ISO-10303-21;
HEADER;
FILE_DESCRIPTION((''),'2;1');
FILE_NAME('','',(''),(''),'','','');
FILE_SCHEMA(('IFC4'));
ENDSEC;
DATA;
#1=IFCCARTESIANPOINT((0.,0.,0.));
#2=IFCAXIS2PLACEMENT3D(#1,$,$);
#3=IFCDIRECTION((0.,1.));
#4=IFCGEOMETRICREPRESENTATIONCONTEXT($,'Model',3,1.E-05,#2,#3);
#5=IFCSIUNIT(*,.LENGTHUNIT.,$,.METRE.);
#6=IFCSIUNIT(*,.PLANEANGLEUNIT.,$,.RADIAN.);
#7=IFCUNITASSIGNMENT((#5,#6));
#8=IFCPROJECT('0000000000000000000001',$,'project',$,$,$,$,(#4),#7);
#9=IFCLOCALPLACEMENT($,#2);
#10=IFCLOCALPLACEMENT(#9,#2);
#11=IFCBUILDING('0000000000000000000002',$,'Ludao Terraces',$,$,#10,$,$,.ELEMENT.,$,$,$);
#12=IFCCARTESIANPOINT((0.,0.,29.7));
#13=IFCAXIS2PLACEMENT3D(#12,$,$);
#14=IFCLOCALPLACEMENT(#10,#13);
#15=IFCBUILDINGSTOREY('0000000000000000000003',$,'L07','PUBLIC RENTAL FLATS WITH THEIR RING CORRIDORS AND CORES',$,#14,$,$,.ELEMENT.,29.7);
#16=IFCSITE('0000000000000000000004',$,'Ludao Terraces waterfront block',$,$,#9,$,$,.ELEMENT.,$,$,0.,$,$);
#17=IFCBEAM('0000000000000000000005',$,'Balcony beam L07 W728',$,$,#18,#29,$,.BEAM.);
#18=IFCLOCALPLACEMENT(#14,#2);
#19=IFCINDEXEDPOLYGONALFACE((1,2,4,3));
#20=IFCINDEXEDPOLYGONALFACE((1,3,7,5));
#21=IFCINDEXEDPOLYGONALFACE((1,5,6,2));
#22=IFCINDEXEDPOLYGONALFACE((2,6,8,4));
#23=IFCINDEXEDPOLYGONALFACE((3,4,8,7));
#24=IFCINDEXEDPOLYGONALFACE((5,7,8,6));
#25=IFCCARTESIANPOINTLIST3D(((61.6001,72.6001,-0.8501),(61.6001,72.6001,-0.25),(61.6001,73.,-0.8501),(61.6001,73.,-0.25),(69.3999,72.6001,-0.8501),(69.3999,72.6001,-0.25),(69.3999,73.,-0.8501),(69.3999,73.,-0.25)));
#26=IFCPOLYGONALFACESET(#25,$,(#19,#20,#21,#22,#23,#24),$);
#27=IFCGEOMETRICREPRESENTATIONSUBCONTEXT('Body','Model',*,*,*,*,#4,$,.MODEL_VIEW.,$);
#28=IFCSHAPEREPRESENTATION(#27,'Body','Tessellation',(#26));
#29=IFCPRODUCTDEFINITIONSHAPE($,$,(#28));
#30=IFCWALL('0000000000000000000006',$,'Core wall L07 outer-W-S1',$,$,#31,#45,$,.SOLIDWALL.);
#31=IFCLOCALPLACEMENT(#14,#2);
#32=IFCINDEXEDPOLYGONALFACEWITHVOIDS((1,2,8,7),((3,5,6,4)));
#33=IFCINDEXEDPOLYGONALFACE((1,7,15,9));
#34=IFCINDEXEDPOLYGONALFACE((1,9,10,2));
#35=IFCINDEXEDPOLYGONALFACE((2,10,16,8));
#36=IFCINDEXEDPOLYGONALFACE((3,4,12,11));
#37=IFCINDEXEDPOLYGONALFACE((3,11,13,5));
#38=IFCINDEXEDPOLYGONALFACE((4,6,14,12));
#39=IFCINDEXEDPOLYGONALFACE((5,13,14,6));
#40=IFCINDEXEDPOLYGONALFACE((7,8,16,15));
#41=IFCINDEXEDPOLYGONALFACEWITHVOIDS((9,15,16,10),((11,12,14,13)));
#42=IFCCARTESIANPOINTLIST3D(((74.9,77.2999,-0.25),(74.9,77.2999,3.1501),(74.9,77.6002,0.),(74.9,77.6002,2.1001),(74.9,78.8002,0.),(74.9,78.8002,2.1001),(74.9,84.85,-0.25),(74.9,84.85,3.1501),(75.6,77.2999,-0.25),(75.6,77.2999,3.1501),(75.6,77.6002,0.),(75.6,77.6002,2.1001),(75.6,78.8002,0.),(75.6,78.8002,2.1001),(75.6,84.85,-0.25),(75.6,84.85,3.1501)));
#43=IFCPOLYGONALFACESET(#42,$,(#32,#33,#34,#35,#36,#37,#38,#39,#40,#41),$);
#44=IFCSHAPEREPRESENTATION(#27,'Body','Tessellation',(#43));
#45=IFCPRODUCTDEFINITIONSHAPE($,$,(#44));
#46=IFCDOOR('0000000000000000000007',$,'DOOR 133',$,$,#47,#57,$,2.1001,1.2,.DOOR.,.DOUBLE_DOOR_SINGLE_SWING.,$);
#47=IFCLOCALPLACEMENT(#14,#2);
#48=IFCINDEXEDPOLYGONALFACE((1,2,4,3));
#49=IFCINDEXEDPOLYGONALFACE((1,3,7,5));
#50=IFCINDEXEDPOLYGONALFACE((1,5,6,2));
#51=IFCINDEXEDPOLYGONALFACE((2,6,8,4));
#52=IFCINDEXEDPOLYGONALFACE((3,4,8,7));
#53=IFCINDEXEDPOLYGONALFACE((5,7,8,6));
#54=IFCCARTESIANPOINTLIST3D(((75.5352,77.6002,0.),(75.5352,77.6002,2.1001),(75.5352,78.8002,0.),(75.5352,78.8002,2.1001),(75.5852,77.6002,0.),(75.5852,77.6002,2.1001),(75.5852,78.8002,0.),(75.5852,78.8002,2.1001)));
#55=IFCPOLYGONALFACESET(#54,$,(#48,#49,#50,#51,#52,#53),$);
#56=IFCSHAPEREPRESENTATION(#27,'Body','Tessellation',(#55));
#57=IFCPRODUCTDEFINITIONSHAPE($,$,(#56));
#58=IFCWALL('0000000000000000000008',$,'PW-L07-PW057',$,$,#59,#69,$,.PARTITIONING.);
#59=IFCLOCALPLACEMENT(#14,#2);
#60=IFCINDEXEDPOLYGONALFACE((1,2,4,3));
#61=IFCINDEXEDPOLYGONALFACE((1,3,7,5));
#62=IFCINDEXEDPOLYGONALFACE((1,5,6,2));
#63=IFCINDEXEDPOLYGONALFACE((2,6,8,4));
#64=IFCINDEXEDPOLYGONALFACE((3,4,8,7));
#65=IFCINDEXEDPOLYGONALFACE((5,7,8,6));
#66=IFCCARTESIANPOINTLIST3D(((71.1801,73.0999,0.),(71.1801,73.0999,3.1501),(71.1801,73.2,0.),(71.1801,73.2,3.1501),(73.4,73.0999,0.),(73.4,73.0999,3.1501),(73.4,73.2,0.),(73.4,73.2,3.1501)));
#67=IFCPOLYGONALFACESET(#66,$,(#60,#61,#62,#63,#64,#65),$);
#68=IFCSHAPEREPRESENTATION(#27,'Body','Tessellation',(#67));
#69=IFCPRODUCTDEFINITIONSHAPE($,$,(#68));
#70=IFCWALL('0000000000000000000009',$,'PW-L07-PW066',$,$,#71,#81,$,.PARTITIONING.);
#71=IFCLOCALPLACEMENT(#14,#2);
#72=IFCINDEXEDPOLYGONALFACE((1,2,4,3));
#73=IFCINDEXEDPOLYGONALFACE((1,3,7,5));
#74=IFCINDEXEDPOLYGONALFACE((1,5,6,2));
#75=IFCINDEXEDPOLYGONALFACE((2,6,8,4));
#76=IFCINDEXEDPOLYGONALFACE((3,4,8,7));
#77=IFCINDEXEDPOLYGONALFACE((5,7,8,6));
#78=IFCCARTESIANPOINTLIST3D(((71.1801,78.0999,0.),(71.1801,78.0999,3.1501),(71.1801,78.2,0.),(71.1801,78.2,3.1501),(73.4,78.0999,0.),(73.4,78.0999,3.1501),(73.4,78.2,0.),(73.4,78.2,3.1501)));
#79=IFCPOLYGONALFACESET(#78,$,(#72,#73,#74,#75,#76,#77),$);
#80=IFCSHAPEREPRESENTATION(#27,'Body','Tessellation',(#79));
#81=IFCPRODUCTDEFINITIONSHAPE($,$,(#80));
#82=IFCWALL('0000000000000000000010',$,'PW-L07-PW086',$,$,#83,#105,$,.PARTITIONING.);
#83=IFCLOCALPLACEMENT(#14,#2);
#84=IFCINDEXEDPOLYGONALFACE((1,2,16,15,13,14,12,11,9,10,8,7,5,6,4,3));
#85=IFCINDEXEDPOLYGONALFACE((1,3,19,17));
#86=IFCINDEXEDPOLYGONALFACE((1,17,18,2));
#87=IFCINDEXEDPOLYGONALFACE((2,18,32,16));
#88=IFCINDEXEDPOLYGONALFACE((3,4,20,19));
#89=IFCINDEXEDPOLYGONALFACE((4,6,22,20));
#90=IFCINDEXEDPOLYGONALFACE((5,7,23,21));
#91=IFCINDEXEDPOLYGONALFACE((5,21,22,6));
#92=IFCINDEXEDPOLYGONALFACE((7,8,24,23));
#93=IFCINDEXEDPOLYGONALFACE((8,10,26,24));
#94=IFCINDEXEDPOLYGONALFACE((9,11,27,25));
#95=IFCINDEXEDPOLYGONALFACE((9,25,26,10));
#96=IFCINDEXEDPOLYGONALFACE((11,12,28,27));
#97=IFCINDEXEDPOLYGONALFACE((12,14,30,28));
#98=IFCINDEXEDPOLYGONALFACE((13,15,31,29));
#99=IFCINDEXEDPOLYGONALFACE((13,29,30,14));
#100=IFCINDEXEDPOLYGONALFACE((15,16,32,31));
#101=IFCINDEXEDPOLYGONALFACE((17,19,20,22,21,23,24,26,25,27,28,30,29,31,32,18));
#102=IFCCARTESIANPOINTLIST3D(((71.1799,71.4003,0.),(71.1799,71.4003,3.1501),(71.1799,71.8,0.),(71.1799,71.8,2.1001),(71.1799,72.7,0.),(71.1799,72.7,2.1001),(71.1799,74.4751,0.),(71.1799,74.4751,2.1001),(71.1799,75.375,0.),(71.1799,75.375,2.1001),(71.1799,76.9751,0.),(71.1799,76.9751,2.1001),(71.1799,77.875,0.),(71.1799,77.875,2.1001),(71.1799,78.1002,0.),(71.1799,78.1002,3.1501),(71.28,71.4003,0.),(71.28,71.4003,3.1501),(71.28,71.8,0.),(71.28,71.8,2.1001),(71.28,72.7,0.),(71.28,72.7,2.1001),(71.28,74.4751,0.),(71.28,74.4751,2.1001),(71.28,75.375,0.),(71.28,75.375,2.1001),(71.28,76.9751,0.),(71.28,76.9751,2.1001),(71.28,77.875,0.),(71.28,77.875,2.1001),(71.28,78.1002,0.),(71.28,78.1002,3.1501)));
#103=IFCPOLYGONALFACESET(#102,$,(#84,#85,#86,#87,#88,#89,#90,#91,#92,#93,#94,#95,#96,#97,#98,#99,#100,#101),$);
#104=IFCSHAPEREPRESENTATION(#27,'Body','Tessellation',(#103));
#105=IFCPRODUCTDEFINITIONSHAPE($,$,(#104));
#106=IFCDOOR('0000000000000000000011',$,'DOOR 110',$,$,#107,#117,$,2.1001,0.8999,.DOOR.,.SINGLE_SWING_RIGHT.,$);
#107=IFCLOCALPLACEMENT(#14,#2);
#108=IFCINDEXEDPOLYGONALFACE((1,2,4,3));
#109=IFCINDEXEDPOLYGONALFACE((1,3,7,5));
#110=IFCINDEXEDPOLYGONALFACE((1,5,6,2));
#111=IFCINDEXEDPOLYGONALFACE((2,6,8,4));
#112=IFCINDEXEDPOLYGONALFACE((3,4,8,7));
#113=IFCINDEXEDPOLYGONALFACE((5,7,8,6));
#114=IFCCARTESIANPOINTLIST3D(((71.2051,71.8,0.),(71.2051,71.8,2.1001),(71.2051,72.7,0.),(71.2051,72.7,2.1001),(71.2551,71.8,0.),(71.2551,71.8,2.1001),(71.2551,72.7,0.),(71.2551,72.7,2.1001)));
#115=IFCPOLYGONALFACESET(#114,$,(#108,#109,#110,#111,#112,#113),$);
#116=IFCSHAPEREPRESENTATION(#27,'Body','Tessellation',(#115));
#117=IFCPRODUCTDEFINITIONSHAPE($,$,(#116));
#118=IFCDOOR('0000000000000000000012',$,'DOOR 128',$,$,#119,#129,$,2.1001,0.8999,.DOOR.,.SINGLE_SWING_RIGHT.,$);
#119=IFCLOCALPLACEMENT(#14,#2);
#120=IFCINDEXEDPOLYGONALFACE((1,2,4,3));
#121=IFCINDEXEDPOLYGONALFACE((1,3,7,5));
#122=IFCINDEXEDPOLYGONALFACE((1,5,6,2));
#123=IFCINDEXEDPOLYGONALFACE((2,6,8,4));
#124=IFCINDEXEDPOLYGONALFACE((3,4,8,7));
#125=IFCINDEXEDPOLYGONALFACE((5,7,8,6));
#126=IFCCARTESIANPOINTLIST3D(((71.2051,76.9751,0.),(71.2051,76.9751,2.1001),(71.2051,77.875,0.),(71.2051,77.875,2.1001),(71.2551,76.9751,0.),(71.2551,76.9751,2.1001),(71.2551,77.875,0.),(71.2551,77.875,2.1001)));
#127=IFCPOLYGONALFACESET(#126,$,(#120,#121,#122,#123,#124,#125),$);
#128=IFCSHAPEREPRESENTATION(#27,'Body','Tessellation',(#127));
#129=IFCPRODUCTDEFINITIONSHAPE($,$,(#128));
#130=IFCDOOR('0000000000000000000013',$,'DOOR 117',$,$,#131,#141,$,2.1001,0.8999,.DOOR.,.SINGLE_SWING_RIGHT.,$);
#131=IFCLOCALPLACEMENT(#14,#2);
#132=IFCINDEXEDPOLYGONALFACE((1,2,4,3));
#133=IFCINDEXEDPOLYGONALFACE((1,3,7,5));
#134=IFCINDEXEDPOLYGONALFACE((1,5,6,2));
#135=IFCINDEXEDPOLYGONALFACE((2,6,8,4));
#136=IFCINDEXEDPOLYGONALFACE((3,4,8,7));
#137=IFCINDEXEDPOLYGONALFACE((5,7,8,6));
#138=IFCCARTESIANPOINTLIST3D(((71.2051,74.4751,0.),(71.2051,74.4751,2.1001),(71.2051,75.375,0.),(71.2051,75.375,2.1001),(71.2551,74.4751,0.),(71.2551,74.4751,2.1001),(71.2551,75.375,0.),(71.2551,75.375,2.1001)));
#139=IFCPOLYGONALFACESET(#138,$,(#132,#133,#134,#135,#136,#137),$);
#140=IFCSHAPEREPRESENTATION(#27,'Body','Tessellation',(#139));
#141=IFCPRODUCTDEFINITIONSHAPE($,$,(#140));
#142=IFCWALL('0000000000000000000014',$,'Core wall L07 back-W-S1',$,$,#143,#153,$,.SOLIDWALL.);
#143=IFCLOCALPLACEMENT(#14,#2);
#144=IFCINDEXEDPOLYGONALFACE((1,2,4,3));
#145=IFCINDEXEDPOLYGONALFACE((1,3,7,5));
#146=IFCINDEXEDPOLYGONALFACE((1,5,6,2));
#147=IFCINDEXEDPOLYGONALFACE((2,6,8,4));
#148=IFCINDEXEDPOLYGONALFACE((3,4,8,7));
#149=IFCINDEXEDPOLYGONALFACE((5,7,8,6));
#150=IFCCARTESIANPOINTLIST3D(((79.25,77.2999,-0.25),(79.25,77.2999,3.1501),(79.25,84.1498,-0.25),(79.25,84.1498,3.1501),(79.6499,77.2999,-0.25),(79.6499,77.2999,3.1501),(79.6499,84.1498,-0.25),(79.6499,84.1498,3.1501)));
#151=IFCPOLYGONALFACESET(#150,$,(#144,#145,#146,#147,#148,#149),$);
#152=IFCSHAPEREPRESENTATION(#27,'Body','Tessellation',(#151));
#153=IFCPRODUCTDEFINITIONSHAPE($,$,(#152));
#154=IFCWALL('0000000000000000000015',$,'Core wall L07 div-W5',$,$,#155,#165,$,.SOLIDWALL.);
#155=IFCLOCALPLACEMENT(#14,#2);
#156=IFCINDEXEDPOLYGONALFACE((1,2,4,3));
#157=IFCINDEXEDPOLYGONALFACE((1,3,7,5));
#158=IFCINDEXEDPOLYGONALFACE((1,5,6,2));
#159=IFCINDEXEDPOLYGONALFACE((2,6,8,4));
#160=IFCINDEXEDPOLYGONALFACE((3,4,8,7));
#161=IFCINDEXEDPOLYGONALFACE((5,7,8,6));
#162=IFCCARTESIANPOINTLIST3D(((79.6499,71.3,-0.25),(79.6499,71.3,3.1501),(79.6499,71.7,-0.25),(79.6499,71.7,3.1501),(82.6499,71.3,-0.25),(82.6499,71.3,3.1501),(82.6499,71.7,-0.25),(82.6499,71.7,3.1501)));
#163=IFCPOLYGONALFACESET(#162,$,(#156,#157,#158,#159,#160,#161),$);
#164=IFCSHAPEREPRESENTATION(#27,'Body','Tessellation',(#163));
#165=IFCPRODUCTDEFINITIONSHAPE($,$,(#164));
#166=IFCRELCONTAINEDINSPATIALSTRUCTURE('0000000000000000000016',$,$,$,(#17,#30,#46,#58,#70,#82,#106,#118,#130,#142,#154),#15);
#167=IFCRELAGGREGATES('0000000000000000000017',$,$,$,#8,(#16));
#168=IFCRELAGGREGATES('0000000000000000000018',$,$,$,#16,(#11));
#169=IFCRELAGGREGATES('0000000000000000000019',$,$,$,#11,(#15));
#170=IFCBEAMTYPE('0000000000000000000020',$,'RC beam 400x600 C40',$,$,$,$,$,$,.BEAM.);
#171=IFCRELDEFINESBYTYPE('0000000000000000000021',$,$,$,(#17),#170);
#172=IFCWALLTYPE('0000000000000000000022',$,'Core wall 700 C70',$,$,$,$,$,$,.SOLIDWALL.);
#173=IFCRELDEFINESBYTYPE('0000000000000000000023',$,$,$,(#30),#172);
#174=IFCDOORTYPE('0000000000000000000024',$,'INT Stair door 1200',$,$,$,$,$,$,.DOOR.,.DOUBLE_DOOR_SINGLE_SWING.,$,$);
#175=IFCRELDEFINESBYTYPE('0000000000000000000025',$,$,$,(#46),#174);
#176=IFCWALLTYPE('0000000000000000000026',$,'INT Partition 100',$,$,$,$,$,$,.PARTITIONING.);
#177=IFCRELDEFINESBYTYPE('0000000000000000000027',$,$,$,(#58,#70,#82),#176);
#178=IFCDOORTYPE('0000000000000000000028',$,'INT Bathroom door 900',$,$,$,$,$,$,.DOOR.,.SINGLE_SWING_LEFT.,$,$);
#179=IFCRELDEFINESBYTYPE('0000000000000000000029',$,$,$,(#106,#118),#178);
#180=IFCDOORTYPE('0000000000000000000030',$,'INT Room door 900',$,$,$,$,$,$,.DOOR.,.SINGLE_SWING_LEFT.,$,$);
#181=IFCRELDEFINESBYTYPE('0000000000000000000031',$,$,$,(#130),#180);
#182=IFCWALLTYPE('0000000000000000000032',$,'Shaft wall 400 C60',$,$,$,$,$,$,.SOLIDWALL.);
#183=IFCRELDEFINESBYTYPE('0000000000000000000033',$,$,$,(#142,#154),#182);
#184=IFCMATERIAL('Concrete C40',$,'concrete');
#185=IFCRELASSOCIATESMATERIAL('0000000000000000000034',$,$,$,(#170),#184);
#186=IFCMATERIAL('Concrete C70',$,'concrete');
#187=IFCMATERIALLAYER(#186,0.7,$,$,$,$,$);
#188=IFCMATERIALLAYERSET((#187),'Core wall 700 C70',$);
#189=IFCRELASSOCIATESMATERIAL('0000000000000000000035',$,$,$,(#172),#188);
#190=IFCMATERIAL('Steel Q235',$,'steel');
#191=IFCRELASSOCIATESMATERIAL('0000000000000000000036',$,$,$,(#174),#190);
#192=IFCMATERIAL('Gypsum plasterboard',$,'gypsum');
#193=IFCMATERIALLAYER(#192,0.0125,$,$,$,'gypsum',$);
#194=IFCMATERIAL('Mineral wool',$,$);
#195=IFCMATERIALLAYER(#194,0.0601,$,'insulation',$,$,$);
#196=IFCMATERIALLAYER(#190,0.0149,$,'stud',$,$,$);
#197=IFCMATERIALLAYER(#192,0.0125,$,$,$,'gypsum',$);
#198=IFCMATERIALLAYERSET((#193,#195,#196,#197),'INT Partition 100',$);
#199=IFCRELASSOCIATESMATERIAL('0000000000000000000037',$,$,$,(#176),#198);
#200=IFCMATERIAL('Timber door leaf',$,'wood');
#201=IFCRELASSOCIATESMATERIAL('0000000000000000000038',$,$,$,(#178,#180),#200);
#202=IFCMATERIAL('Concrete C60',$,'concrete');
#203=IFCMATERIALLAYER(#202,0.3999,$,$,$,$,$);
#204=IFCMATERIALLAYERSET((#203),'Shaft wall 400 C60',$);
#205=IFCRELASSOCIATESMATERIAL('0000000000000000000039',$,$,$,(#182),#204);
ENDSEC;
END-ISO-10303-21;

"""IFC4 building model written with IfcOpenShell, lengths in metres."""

from ifc_helpers import new_model, si_unit, direction, frame, frame_2d, origin, origin_2d, place, context, subcontext, project, spatial, rectangle, extrude, material, layer, layer_set, material_profile, profile_set, type_object, element, fill, save


model = new_model("IFC4")

# Units and contexts
model_context = context("Model", 3, precision=1e-05, world=origin(), true_north=direction((0.0, 1.0)))
body_context = subcontext(model_context, "Body", "Model", "MODEL_VIEW")
ifc_project = project(units=[si_unit("LENGTHUNIT", "METRE"), si_unit("PLANEANGLEUNIT", "RADIAN")], contexts=[model_context])

# Site, building, storey
site_placement = place(None, origin())
site = spatial("IfcSite", under=ifc_project, at=site_placement, Name="Ludao Terraces waterfront block", CompositionType="ELEMENT", RefElevation=0.0)
building_placement = place(site_placement, origin())
building = spatial("IfcBuilding", under=site, at=building_placement, Name="Ludao Terraces", CompositionType="ELEMENT")
storey_placement = place(building_placement, frame((0.0, 0.0, 29.7)))
storey = spatial("IfcBuildingStorey", under=building, at=storey_placement, Name="L07", Description="PUBLIC RENTAL FLATS WITH THEIR RING CORRIDORS AND CORES", CompositionType="ELEMENT", Elevation=29.7)

# Beam
ifc_material_1 = material(Name="Concrete C40", Category="concrete")
ifc_material_profile = material_profile(ifc_material_1, rectangle(XDim=0.3999, YDim=0.6001, at=origin_2d()), Name="400 X 600")
ifc_profile_set = profile_set([ifc_material_profile], Name="Concrete C40")
beam_type = type_object("IfcBeamType", Name="RC beam 400x600 C40", PredefinedType="BEAM", material=ifc_profile_set)
beam_placement = place(storey_placement, frame((69.3999, 72.8, -0.55), z_axis=(-1.0, 0.0, 0.0), x_axis=(0.0, -1.0, 0.0)))
element("IfcBeam", 1, at=beam_placement, inside=storey, type_object=beam_type, Name="Balcony beam L07 W728", PredefinedType="BEAM", context=body_context, shape_type="SweptSolid", body=[
    extrude(rectangle(XDim=0.3999, YDim=0.6001, at=origin_2d()), origin(), (0.0, 0.0, 1.0), 7.7998),
])

# Wall, opening, door
ifc_material_2 = material(Name="Concrete C70", Category="concrete")
ifc_layer_1 = layer(ifc_material_2, 0.7)
ifc_layer_set_1 = layer_set([ifc_layer_1], Name="Core wall 700 C70")
wall_type_1 = type_object("IfcWallType", Name="Core wall 700 C70", PredefinedType="SOLIDWALL", material=ifc_layer_set_1)
wall_1_placement = place(storey_placement, frame((75.25, 77.3, -0.25), z_axis=(0.0, 0.0, 1.0), x_axis=(0.0, 1.0, 0.0)))
wall_1 = element("IfcWall", 2, at=wall_1_placement, inside=storey, type_object=wall_type_1, Name="Core wall L07 outer-W-S1", PredefinedType="SOLIDWALL", context=body_context, shape_type="SweptSolid", body=[
    extrude(rectangle(XDim=7.55, YDim=0.7, at=frame_2d((3.7749, 0.0))), origin(), (0.0, 0.0, 1.0), 3.4001),
])
opening_1_placement = place(wall_1_placement, frame((0.3, 0.0, 0.25)))
opening_1 = element("IfcOpeningElement", 3, at=opening_1_placement, cuts=wall_1, PredefinedType="OPENING", context=body_context, shape_type="SweptSolid", body=[
    extrude(rectangle(XDim=1.2, YDim=2.1001, at=frame_2d((0.6001, 1.05))), frame((0.0, 0.3599, 0.0), z_axis=(0.0, -1.0, 0.0), x_axis=(1.0, 0.0, 0.0)), (0.0, 0.0, 1.0), 0.72),
])
ifc_material_3 = material(Name="Steel Q235", Category="steel")
door_type_1 = type_object("IfcDoorType", Name="INT Stair door 1200", OperationType="DOUBLE_DOOR_SINGLE_SWING", PredefinedType="DOOR", material=ifc_material_3)
door_1_placement = place(opening_1_placement, origin())
door_1 = element("IfcDoor", 4, at=door_1_placement, inside=storey, type_object=door_type_1, Name="DOOR 133", OperationType="DOUBLE_DOOR_SINGLE_SWING", OverallHeight=2.1001, OverallWidth=1.2, PredefinedType="DOOR", context=body_context, shape_type="SweptSolid", body=[
    extrude(rectangle(XDim=1.2, YDim=2.1001, at=frame_2d((0.6001, 1.05))), frame((0.0, -0.2852, 0.0), z_axis=(0.0, -1.0, 0.0), x_axis=(1.0, 0.0, 0.0)), (0.0, 0.0, 1.0), 0.05),
])
fill(opening_1, door_1)

# Walls
ifc_material_4 = material(Name="Gypsum plasterboard", Category="gypsum")
ifc_layer_2 = layer(ifc_material_4, 0.0125, Category="gypsum")
ifc_material_5 = material(Name="Mineral wool")
ifc_layer_3 = layer(ifc_material_5, 0.0601, Name="insulation")
ifc_layer_4 = layer(ifc_material_3, 0.0149, Name="stud")
ifc_layer_5 = layer(ifc_material_4, 0.0125, Category="gypsum")
ifc_layer_set_2 = layer_set([ifc_layer_2, ifc_layer_3, ifc_layer_4, ifc_layer_5], Name="INT Partition 100")
wall_type_2 = type_object("IfcWallType", Name="INT Partition 100", PredefinedType="PARTITIONING", material=ifc_layer_set_2)
for number, where, z_axis, x_axis, name in (
    (5, (71.1802, 73.1499, 0.0), (0.0, 0.0, 1.0), (1.0, 0.0, 0.0), "PW-L07-PW057"),
    (6, (71.1802, 78.1499, 0.0), (0.0, 0.0, 1.0), (1.0, 0.0, 0.0), "PW-L07-PW066"),
):
    element("IfcWall", number, at=place(storey_placement, frame(where, z_axis=z_axis, x_axis=x_axis)), inside=storey, type_object=wall_type_2, Name=name, PredefinedType="PARTITIONING", context=body_context, shape_type="SweptSolid", body=[
        extrude(rectangle(XDim=2.22, YDim=0.1001, at=frame_2d((1.1099, 0.0))), origin(), (0.0, 0.0, 1.0), 3.1501),
    ])

# Wall, openings, doors
wall_2_placement = place(storey_placement, frame((71.23, 71.4001, 0.0), z_axis=(0.0, 0.0, 1.0), x_axis=(0.0, 1.0, 0.0)))
wall_2 = element("IfcWall", 7, at=wall_2_placement, inside=storey, type_object=wall_type_2, Name="PW-L07-PW086", PredefinedType="PARTITIONING", context=body_context, shape_type="SweptSolid", body=[
    extrude(rectangle(XDim=6.7, YDim=0.1001, at=frame_2d((3.3501, 0.0))), origin(), (0.0, 0.0, 1.0), 3.1501),
])
opening_2_placement = place(wall_2_placement, frame((0.3999, 0.0, 0.0)))
opening_2 = element("IfcOpeningElement", 8, at=opening_2_placement, cuts=wall_2, PredefinedType="OPENING", context=body_context, shape_type="SweptSolid", body=[
    extrude(rectangle(XDim=0.8999, YDim=2.1001, at=frame_2d((0.45, 1.05))), frame((0.0, 0.0601, 0.0), z_axis=(0.0, -1.0, 0.0), x_axis=(1.0, 0.0, 0.0)), (0.0, 0.0, 1.0), 0.1201),
])
opening_3_placement = place(wall_2_placement, frame((3.075, 0.0, 0.0)))
opening_3 = element("IfcOpeningElement", 9, at=opening_3_placement, cuts=wall_2, PredefinedType="OPENING", context=body_context, shape_type="SweptSolid", body=[
    extrude(rectangle(XDim=0.8999, YDim=2.1001, at=frame_2d((0.45, 1.05))), frame((0.0, 0.0601, 0.0), z_axis=(0.0, -1.0, 0.0), x_axis=(1.0, 0.0, 0.0)), (0.0, 0.0, 1.0), 0.1201),
])
opening_4_placement = place(wall_2_placement, frame((5.575, 0.0, 0.0)))
opening_4 = element("IfcOpeningElement", 10, at=opening_4_placement, cuts=wall_2, PredefinedType="OPENING", context=body_context, shape_type="SweptSolid", body=[
    extrude(rectangle(XDim=0.8999, YDim=2.1001, at=frame_2d((0.45, 1.05))), frame((0.0, 0.0601, 0.0), z_axis=(0.0, -1.0, 0.0), x_axis=(1.0, 0.0, 0.0)), (0.0, 0.0, 1.0), 0.1201),
])
ifc_material_6 = material(Name="Timber door leaf", Category="wood")
door_type_2 = type_object("IfcDoorType", Name="INT Bathroom door 900", OperationType="SINGLE_SWING_LEFT", PredefinedType="DOOR", material=ifc_material_6)
door_2_placement = place(opening_2_placement, origin())
door_2 = element("IfcDoor", 11, at=door_2_placement, inside=storey, type_object=door_type_2, Name="DOOR 110", OperationType="SINGLE_SWING_RIGHT", OverallHeight=2.1001, OverallWidth=0.8999, PredefinedType="DOOR", context=body_context, shape_type="SweptSolid", body=[
    extrude(rectangle(XDim=0.8999, YDim=2.1001, at=frame_2d((0.45, 1.05))), frame((0.0, 0.0249, 0.0), z_axis=(0.0, -1.0, 0.0), x_axis=(1.0, 0.0, 0.0)), (0.0, 0.0, 1.0), 0.05),
])
fill(opening_2, door_2)
door_3_placement = place(opening_4_placement, origin())
door_3 = element("IfcDoor", 12, at=door_3_placement, inside=storey, type_object=door_type_2, Name="DOOR 128", OperationType="SINGLE_SWING_RIGHT", OverallHeight=2.1001, OverallWidth=0.8999, PredefinedType="DOOR", context=body_context, shape_type="SweptSolid", body=[
    extrude(rectangle(XDim=0.8999, YDim=2.1001, at=frame_2d((0.45, 1.05))), frame((0.0, 0.0249, 0.0), z_axis=(0.0, -1.0, 0.0), x_axis=(1.0, 0.0, 0.0)), (0.0, 0.0, 1.0), 0.05),
])
fill(opening_4, door_3)
door_type_3 = type_object("IfcDoorType", Name="INT Room door 900", OperationType="SINGLE_SWING_LEFT", PredefinedType="DOOR", material=ifc_material_6)
door_4_placement = place(opening_3_placement, origin())
door_4 = element("IfcDoor", 13, at=door_4_placement, inside=storey, type_object=door_type_3, Name="DOOR 117", OperationType="SINGLE_SWING_RIGHT", OverallHeight=2.1001, OverallWidth=0.8999, PredefinedType="DOOR", context=body_context, shape_type="SweptSolid", body=[
    extrude(rectangle(XDim=0.8999, YDim=2.1001, at=frame_2d((0.45, 1.05))), frame((0.0, 0.0249, 0.0), z_axis=(0.0, -1.0, 0.0), x_axis=(1.0, 0.0, 0.0)), (0.0, 0.0, 1.0), 0.05),
])
fill(opening_3, door_4)

# Walls
ifc_material_7 = material(Name="Concrete C60", Category="concrete")
ifc_layer_6 = layer(ifc_material_7, 0.3999)
ifc_layer_set_3 = layer_set([ifc_layer_6], Name="Shaft wall 400 C60")
wall_type_3 = type_object("IfcWallType", Name="Shaft wall 400 C60", PredefinedType="SOLIDWALL", material=ifc_layer_set_3)
wall_3_placement = place(storey_placement, frame((79.45, 77.3, -0.25), z_axis=(0.0, 0.0, 1.0), x_axis=(0.0, 1.0, 0.0)))
element("IfcWall", 14, at=wall_3_placement, inside=storey, type_object=wall_type_3, Name="Core wall L07 back-W-S1", PredefinedType="SOLIDWALL", context=body_context, shape_type="SweptSolid", body=[
    extrude(rectangle(XDim=6.8499, YDim=0.3999, at=frame_2d((3.4248, 0.0))), origin(), (0.0, 0.0, 1.0), 3.4001),
])
wall_4_placement = place(storey_placement, frame((79.6499, 71.5, -0.25), z_axis=(0.0, 0.0, 1.0), x_axis=(1.0, 0.0, 0.0)))
element("IfcWall", 15, at=wall_4_placement, inside=storey, type_object=wall_type_3, Name="Core wall L07 div-W5", PredefinedType="SOLIDWALL", context=body_context, shape_type="SweptSolid", body=[
    extrude(rectangle(XDim=3.0, YDim=0.3999, at=frame_2d((1.5, 0.0))), origin(), (0.0, 0.0, 1.0), 3.4001),
])

save(model, "model.ifc")
